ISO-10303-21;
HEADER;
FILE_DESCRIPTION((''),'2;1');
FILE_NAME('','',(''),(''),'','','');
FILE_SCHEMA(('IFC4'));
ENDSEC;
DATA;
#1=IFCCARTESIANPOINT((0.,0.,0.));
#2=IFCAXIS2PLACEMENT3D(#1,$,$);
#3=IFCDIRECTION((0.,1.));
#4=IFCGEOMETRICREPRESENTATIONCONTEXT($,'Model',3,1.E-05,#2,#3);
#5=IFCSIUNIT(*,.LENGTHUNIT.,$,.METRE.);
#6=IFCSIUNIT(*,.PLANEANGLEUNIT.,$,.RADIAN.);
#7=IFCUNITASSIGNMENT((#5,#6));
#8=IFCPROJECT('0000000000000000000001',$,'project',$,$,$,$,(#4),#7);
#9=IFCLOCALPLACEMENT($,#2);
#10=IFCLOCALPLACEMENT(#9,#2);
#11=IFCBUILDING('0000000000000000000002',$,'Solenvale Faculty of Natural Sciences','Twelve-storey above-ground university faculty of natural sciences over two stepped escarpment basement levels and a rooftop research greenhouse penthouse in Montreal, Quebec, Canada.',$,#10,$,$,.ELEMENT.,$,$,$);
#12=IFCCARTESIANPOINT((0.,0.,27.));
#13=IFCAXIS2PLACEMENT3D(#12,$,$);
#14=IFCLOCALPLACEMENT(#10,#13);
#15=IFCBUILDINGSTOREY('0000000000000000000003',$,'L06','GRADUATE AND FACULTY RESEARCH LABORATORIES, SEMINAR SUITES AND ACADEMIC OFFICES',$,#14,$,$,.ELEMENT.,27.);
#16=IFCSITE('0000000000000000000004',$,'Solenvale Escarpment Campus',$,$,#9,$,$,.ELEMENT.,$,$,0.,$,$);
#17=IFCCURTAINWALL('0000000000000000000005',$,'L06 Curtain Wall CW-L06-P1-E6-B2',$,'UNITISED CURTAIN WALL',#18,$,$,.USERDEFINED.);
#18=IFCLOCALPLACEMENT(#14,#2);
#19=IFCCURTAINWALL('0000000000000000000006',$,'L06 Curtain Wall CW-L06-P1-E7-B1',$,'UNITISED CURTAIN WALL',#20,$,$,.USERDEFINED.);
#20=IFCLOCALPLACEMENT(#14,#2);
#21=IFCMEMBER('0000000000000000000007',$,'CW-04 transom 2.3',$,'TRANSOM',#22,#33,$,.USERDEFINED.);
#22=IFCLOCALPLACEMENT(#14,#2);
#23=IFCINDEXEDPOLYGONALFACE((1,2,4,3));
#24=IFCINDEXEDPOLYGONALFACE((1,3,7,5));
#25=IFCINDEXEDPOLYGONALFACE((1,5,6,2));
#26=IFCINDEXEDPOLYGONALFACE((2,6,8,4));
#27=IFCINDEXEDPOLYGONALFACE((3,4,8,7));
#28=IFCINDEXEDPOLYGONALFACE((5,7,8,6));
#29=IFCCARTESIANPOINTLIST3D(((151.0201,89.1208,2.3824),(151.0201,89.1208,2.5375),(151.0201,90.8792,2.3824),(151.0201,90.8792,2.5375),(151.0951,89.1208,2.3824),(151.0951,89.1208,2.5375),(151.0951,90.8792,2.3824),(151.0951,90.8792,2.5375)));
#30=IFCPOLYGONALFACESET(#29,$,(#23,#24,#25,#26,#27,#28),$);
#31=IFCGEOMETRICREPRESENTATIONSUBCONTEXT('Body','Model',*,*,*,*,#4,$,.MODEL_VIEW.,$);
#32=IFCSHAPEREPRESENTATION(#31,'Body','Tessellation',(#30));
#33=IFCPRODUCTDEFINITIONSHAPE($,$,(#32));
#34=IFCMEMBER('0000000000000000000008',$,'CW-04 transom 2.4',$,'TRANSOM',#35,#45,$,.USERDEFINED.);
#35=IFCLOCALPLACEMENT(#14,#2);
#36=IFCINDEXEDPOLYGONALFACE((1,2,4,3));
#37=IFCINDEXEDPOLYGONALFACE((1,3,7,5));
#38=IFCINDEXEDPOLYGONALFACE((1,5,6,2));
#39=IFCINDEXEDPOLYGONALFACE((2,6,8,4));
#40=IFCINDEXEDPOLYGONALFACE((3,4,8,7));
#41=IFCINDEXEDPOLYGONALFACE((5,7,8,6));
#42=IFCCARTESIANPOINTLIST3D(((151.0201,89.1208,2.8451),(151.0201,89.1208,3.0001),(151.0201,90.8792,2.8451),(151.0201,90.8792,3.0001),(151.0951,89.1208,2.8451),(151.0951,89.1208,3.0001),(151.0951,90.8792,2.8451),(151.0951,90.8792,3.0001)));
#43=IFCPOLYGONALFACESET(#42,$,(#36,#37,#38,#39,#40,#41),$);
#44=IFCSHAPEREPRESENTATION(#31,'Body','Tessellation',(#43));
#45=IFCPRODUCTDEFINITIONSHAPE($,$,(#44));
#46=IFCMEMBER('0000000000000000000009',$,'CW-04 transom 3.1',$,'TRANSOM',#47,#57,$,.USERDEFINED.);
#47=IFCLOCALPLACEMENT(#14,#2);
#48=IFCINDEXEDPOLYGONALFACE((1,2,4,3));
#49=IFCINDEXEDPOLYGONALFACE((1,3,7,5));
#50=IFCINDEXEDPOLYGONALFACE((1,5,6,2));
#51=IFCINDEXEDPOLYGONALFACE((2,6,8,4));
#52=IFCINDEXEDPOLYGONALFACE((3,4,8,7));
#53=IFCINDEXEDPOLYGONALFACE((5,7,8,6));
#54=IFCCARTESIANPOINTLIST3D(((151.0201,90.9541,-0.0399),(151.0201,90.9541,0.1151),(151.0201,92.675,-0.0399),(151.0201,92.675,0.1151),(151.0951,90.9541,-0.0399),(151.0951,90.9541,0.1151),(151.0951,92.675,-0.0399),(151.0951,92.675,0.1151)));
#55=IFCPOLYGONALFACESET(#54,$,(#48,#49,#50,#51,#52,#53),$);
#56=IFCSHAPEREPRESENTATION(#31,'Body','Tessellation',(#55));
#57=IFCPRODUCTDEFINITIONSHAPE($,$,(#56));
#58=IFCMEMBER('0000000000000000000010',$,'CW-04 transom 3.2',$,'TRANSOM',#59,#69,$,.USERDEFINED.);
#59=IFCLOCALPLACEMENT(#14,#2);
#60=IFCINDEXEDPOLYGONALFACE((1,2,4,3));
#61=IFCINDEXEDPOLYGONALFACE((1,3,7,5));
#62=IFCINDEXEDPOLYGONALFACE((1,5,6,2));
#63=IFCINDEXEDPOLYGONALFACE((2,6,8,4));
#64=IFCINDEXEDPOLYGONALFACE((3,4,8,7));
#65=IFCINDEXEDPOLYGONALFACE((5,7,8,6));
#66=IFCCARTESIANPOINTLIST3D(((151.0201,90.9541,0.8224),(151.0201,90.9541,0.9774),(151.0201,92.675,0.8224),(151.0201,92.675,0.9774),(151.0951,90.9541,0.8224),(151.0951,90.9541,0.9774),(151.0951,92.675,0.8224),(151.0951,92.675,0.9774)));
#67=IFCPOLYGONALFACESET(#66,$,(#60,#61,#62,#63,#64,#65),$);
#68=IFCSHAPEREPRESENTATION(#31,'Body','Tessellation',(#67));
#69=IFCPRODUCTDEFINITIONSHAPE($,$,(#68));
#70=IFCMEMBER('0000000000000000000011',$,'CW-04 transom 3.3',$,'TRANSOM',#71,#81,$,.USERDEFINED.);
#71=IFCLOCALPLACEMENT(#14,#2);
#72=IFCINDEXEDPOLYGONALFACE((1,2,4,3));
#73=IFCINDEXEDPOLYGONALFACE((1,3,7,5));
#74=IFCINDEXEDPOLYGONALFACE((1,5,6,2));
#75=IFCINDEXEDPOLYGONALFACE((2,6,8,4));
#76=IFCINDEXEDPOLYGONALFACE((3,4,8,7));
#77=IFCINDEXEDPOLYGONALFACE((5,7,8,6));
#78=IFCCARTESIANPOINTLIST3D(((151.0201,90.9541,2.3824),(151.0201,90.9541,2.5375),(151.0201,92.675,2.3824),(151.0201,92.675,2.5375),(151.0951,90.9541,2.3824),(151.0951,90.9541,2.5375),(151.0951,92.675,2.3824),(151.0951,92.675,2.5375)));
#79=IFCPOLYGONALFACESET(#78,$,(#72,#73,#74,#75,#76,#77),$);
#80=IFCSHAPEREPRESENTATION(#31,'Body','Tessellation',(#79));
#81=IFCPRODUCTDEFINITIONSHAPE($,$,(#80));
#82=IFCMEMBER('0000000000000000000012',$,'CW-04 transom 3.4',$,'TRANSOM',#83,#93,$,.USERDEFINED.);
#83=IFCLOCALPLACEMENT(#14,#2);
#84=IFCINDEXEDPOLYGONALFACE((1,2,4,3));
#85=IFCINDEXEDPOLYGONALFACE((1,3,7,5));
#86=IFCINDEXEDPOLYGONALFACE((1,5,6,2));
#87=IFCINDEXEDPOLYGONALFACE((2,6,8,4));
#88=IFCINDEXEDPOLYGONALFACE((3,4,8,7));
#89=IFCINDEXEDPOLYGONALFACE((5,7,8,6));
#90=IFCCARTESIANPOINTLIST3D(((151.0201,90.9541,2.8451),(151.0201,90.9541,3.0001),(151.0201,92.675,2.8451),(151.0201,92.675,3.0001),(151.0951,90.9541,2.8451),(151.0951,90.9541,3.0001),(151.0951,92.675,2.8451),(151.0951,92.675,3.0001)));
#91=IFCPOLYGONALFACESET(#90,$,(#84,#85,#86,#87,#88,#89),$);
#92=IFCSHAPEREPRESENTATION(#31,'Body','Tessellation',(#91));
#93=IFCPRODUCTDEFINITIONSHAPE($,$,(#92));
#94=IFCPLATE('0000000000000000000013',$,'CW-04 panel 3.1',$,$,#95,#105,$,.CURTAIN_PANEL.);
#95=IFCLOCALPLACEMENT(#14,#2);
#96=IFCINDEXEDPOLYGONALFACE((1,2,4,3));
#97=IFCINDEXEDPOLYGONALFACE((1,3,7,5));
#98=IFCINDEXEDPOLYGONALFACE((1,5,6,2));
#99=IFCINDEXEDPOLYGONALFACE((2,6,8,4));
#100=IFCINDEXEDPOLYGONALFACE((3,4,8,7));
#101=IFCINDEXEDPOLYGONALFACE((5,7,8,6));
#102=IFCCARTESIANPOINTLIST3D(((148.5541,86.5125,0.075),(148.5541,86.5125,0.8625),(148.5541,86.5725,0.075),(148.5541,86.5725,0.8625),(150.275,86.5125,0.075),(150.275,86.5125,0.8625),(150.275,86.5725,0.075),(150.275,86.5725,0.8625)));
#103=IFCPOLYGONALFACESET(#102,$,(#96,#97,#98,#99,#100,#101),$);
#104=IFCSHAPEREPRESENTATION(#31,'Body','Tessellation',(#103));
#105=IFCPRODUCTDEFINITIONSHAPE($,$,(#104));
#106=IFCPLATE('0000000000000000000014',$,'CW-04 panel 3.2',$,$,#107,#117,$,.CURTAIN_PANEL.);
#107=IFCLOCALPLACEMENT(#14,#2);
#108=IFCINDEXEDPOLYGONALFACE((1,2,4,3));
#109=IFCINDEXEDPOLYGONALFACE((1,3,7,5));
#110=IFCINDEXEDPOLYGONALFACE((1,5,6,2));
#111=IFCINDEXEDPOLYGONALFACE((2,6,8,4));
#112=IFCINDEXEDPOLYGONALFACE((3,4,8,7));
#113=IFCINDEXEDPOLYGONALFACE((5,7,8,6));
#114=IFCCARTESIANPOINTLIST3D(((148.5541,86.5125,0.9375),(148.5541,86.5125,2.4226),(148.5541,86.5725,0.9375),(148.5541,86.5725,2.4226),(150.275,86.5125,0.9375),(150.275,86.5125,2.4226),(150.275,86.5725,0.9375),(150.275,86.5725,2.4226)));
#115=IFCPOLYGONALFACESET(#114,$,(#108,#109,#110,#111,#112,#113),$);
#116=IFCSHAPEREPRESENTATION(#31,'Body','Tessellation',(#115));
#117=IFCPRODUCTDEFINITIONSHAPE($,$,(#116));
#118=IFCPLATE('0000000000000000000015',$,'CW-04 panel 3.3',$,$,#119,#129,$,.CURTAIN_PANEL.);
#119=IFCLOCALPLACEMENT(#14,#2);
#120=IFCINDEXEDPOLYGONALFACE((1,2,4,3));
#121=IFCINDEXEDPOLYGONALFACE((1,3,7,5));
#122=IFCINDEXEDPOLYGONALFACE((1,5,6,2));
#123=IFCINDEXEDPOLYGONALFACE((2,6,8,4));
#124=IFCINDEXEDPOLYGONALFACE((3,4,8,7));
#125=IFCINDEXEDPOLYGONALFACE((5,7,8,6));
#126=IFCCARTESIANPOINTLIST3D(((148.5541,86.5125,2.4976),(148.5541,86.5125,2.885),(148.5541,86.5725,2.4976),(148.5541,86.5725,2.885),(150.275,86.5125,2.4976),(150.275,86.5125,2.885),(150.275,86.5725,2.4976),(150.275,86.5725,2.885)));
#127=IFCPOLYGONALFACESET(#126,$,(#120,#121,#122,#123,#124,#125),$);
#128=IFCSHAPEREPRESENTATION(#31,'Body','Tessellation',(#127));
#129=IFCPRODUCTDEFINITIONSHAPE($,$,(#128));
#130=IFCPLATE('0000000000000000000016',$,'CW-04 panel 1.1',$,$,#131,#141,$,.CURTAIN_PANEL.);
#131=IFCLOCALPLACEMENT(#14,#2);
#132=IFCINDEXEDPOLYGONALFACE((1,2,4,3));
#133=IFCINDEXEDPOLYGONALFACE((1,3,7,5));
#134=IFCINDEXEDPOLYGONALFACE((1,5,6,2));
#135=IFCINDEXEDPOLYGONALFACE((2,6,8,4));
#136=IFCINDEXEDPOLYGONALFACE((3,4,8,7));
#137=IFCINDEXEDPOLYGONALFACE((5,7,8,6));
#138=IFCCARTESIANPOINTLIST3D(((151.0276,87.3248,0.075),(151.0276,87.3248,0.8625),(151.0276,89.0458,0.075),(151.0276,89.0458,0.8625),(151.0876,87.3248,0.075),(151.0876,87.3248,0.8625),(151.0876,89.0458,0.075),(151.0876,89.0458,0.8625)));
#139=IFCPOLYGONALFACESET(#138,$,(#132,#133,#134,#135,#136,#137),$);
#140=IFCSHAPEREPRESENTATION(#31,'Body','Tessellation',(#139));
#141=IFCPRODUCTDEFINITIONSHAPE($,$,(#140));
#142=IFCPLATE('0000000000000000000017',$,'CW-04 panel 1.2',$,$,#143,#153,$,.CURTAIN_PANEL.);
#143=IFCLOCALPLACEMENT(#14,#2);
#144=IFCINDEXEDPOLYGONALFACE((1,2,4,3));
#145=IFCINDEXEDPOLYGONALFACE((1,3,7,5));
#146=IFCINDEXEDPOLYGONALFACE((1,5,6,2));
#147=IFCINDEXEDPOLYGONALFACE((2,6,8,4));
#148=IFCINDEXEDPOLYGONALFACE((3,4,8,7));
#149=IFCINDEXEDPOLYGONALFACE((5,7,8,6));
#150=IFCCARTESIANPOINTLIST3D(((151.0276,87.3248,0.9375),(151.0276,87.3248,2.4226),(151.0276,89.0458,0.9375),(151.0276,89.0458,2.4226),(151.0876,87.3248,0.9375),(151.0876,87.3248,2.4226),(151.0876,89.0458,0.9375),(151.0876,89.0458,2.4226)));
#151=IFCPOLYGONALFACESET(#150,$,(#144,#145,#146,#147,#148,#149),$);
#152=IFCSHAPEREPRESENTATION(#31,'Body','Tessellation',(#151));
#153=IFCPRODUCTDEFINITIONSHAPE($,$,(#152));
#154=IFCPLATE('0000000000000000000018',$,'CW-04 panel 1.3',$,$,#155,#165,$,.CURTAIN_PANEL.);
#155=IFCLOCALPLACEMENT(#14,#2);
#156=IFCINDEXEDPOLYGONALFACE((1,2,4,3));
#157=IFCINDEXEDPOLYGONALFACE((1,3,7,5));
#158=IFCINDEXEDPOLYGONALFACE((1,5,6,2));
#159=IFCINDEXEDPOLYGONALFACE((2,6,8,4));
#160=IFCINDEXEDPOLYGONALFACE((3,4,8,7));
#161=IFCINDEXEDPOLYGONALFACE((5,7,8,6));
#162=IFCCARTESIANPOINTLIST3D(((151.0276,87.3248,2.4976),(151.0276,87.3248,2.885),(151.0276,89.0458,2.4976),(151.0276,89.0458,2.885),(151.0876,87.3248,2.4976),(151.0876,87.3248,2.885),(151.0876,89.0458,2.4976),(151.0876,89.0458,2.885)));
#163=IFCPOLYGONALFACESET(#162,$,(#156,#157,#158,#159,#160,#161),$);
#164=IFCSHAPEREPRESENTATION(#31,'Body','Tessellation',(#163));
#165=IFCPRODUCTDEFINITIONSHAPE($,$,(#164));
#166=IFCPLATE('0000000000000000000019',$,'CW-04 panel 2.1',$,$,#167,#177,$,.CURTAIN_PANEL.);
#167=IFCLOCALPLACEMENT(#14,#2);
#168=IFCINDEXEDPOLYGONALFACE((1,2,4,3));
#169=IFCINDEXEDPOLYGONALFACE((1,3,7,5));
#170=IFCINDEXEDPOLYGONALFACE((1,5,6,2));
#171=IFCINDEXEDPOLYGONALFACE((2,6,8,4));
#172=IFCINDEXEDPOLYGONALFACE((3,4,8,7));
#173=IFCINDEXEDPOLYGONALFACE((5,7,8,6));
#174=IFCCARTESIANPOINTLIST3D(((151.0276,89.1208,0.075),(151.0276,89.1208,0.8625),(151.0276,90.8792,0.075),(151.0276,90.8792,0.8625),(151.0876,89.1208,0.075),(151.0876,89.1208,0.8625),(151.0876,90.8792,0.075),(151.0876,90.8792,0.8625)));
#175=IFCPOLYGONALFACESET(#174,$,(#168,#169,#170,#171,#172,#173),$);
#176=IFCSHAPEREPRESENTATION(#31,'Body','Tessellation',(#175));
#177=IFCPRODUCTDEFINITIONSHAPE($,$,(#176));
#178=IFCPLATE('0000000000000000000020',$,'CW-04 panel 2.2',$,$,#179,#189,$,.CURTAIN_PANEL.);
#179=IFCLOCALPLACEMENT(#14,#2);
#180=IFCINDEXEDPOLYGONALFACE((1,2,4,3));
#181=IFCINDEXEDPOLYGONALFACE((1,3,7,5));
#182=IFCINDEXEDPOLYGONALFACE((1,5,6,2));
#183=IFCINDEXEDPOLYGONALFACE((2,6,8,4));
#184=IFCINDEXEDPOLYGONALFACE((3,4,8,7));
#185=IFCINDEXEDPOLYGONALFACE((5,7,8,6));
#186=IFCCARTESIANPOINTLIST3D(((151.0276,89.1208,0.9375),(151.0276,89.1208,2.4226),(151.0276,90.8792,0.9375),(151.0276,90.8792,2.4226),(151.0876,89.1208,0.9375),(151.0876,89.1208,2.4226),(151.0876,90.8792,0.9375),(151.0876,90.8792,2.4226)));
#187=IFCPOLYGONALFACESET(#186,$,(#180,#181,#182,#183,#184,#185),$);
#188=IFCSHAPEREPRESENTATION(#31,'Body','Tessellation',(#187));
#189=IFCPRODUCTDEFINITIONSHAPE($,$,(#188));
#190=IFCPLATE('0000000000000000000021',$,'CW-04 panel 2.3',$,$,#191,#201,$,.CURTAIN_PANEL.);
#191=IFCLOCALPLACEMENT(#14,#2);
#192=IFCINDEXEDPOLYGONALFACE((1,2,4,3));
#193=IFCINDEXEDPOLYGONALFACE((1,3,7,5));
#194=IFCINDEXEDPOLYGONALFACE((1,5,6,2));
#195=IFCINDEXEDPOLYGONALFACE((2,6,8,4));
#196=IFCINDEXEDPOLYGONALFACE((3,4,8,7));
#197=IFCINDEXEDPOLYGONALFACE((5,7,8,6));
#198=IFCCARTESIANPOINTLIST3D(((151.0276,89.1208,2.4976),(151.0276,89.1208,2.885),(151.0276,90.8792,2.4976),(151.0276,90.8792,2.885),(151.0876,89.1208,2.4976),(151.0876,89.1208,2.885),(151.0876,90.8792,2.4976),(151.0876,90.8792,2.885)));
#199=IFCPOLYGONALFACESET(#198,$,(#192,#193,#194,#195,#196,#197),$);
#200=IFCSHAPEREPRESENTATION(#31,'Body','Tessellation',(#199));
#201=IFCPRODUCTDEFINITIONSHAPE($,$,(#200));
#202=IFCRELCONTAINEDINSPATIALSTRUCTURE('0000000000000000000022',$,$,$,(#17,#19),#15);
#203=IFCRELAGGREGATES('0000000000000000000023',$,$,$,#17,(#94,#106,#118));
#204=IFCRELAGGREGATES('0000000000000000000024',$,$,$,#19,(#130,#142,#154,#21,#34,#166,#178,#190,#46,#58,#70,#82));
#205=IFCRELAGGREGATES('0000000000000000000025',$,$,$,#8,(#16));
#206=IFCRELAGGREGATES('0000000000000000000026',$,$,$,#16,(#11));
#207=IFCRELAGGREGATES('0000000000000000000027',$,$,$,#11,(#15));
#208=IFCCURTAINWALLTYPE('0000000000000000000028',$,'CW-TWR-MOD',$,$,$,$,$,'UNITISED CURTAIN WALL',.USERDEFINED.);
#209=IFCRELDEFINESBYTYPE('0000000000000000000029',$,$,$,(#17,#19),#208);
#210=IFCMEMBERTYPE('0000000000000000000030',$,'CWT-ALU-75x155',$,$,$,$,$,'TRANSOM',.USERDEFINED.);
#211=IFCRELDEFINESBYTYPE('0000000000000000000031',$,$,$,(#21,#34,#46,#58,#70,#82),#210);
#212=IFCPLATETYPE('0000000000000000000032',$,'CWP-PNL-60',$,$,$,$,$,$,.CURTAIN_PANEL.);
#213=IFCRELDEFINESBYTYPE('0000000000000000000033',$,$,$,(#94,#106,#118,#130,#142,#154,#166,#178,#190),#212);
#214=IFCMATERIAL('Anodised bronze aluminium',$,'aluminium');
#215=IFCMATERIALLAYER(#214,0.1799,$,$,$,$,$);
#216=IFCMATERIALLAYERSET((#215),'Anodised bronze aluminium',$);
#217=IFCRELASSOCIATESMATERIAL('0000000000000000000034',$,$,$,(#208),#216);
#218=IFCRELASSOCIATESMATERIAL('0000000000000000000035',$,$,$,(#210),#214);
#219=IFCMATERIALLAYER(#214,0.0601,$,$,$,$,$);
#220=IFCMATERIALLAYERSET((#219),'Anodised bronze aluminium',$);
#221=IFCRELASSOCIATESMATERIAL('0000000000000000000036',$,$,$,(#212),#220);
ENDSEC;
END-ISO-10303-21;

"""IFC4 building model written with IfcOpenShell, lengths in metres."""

from ifc_helpers import new_model, si_unit, direction, frame, origin, origin_2d, place, context, subcontext, project, spatial, rectangle, extrude, material, layer, layer_set, material_profile, profile_set, type_object, element, aggregate, save


model = new_model("IFC4")

# Units and contexts
model_context = context("Model", 3, precision=1e-05, world=origin(), true_north=direction((0.0, 1.0)))
body_context = subcontext(model_context, "Body", "Model", "MODEL_VIEW")
ifc_project = project(units=[si_unit("LENGTHUNIT", "METRE"), si_unit("PLANEANGLEUNIT", "RADIAN")], contexts=[model_context])

# Site, building, storey
site_placement = place(None, origin())
site = spatial("IfcSite", under=ifc_project, at=site_placement, Name="Solenvale Escarpment Campus", CompositionType="ELEMENT", RefElevation=0.0)
building_placement = place(site_placement, origin())
building = spatial("IfcBuilding", under=site, at=building_placement, Name="Solenvale Faculty of Natural Sciences", Description="Twelve-storey above-ground university faculty of natural sciences over two stepped escarpment basement levels and a rooftop research greenhouse penthouse in Montreal, Quebec, Canada.", CompositionType="ELEMENT")
storey_placement = place(building_placement, frame((0.0, 0.0, 27.0)))
storey = spatial("IfcBuildingStorey", under=building, at=storey_placement, Name="L06", Description="GRADUATE AND FACULTY RESEARCH LABORATORIES, SEMINAR SUITES AND ACADEMIC OFFICES", CompositionType="ELEMENT", Elevation=27.0)

# Curtain wall
ifc_material_1 = material(Name="Anodised bronze aluminium", Category="aluminium")
ifc_layer_1 = layer(ifc_material_1, 0.1799)
ifc_layer_set_1 = layer_set([ifc_layer_1], Name="Anodised bronze aluminium")
curtain_wall_type = type_object("IfcCurtainWallType", Name="CW-TWR-MOD", ElementType="UNITISED CURTAIN WALL", PredefinedType="USERDEFINED", material=ifc_layer_set_1)
curtain_wall_1_placement = place(storey_placement, origin())
curtain_wall_1 = element("IfcCurtainWall", 1, at=curtain_wall_1_placement, inside=storey, type_object=curtain_wall_type, Name="L06 Curtain Wall CW-L06-P1-E6-B2", ObjectType="UNITISED CURTAIN WALL", PredefinedType="USERDEFINED")

# Curtain wall
curtain_wall_2_placement = place(storey_placement, origin())
curtain_wall_2 = element("IfcCurtainWall", 2, at=curtain_wall_2_placement, inside=storey, type_object=curtain_wall_type, Name="L06 Curtain Wall CW-L06-P1-E7-B1", ObjectType="UNITISED CURTAIN WALL", PredefinedType="USERDEFINED")

# Members
ifc_material_profile_1 = material_profile(ifc_material_1, rectangle(XDim=0.075, YDim=0.155, at=origin_2d()), Name="ALU-TRN-75x155")
ifc_profile_set_1 = profile_set([ifc_material_profile_1], Name="Anodised bronze aluminium")
member_type_1 = type_object("IfcMemberType", Name="CWT-ALU-75x155", ElementType="TRANSOM", PredefinedType="USERDEFINED", material=ifc_profile_set_1)
member_1_placement = place(storey_placement, frame((151.0576, 89.1208, 2.46), z_axis=(0.0, 1.0, 0.0), x_axis=(-1.0, 0.0, 0.0)))
member_1 = element("IfcMember", 3, at=member_1_placement, type_object=member_type_1, Name="CW-04 transom 2.3", ObjectType="TRANSOM", PredefinedType="USERDEFINED", context=body_context, shape_type="SweptSolid", body=[
    extrude(rectangle(XDim=0.075, YDim=0.155, at=origin_2d()), origin(), (0.0, 0.0, 1.0), 1.7583),
])
member_2_placement = place(storey_placement, frame((151.0576, 89.1208, 2.9226), z_axis=(0.0, 1.0, 0.0), x_axis=(-1.0, 0.0, 0.0)))
member_2 = element("IfcMember", 4, at=member_2_placement, type_object=member_type_1, Name="CW-04 transom 2.4", ObjectType="TRANSOM", PredefinedType="USERDEFINED", context=body_context, shape_type="SweptSolid", body=[
    extrude(rectangle(XDim=0.075, YDim=0.155, at=origin_2d()), origin(), (0.0, 0.0, 1.0), 1.7583),
])
member_3_placement = place(storey_placement, frame((151.0576, 90.9541, 0.0376), z_axis=(0.0, 1.0, 0.0), x_axis=(-1.0, 0.0, 0.0)))
member_3 = element("IfcMember", 5, at=member_3_placement, type_object=member_type_1, Name="CW-04 transom 3.1", ObjectType="TRANSOM", PredefinedType="USERDEFINED", context=body_context, shape_type="SweptSolid", body=[
    extrude(rectangle(XDim=0.075, YDim=0.155, at=origin_2d()), origin(), (0.0, 0.0, 1.0), 1.7209),
])
member_4_placement = place(storey_placement, frame((151.0576, 90.9541, 0.8999), z_axis=(0.0, 1.0, 0.0), x_axis=(-1.0, 0.0, 0.0)))
member_4 = element("IfcMember", 6, at=member_4_placement, type_object=member_type_1, Name="CW-04 transom 3.2", ObjectType="TRANSOM", PredefinedType="USERDEFINED", context=body_context, shape_type="SweptSolid", body=[
    extrude(rectangle(XDim=0.075, YDim=0.155, at=origin_2d()), origin(), (0.0, 0.0, 1.0), 1.7209),
])
member_5_placement = place(storey_placement, frame((151.0576, 90.9541, 2.46), z_axis=(0.0, 1.0, 0.0), x_axis=(-1.0, 0.0, 0.0)))
member_5 = element("IfcMember", 7, at=member_5_placement, type_object=member_type_1, Name="CW-04 transom 3.3", ObjectType="TRANSOM", PredefinedType="USERDEFINED", context=body_context, shape_type="SweptSolid", body=[
    extrude(rectangle(XDim=0.075, YDim=0.155, at=origin_2d()), origin(), (0.0, 0.0, 1.0), 1.7209),
])
member_6_placement = place(storey_placement, frame((151.0576, 90.9541, 2.9226), z_axis=(0.0, 1.0, 0.0), x_axis=(-1.0, 0.0, 0.0)))
member_6 = element("IfcMember", 8, at=member_6_placement, type_object=member_type_1, Name="CW-04 transom 3.4", ObjectType="TRANSOM", PredefinedType="USERDEFINED", context=body_context, shape_type="SweptSolid", body=[
    extrude(rectangle(XDim=0.075, YDim=0.155, at=origin_2d()), origin(), (0.0, 0.0, 1.0), 1.7209),
])

# Plates
ifc_layer_2 = layer(ifc_material_1, 0.0601)
ifc_layer_set_2 = layer_set([ifc_layer_2], Name="Anodised bronze aluminium")
plate_type = type_object("IfcPlateType", Name="CWP-PNL-60", PredefinedType="CURTAIN_PANEL", material=ifc_layer_set_2)
plate_1_placement = place(storey_placement, frame((149.4146, 86.5425, 0.075), z_axis=(0.0, 0.0, 1.0), x_axis=(1.0, 0.0, 0.0)))
plate_1 = element("IfcPlate", 9, at=plate_1_placement, type_object=plate_type, Name="CW-04 panel 3.1", PredefinedType="CURTAIN_PANEL", context=body_context, shape_type="SweptSolid", body=[
    extrude(rectangle(XDim=1.7209, YDim=0.0601, at=origin_2d()), origin(), (0.0, 0.0, 1.0), 0.7876),
])
plate_2_placement = place(storey_placement, frame((149.4146, 86.5425, 0.9375), z_axis=(0.0, 0.0, 1.0), x_axis=(1.0, 0.0, 0.0)))
plate_2 = element("IfcPlate", 10, at=plate_2_placement, type_object=plate_type, Name="CW-04 panel 3.2", PredefinedType="CURTAIN_PANEL", context=body_context, shape_type="SweptSolid", body=[
    extrude(rectangle(XDim=1.7209, YDim=0.0601, at=origin_2d()), origin(), (0.0, 0.0, 1.0), 1.4851),
])
plate_3_placement = place(storey_placement, frame((149.4146, 86.5425, 2.4976), z_axis=(0.0, 0.0, 1.0), x_axis=(1.0, 0.0, 0.0)))
plate_3 = element("IfcPlate", 11, at=plate_3_placement, type_object=plate_type, Name="CW-04 panel 3.3", PredefinedType="CURTAIN_PANEL", context=body_context, shape_type="SweptSolid", body=[
    extrude(rectangle(XDim=1.7209, YDim=0.0601, at=origin_2d()), origin(), (0.0, 0.0, 1.0), 0.3875),
])
aggregate(curtain_wall_1, [plate_1, plate_2, plate_3])
plate_4_placement = place(storey_placement, frame((151.0576, 88.1853, 0.075), z_axis=(0.0, 0.0, 1.0), x_axis=(0.0, 1.0, 0.0)))
plate_4 = element("IfcPlate", 12, at=plate_4_placement, type_object=plate_type, Name="CW-04 panel 1.1", PredefinedType="CURTAIN_PANEL", context=body_context, shape_type="SweptSolid", body=[
    extrude(rectangle(XDim=1.7209, YDim=0.0601, at=origin_2d()), origin(), (0.0, 0.0, 1.0), 0.7876),
])
plate_5_placement = place(storey_placement, frame((151.0576, 88.1853, 0.9375), z_axis=(0.0, 0.0, 1.0), x_axis=(0.0, 1.0, 0.0)))
plate_5 = element("IfcPlate", 13, at=plate_5_placement, type_object=plate_type, Name="CW-04 panel 1.2", PredefinedType="CURTAIN_PANEL", context=body_context, shape_type="SweptSolid", body=[
    extrude(rectangle(XDim=1.7209, YDim=0.0601, at=origin_2d()), origin(), (0.0, 0.0, 1.0), 1.4851),
])
plate_6_placement = place(storey_placement, frame((151.0576, 88.1853, 2.4976), z_axis=(0.0, 0.0, 1.0), x_axis=(0.0, 1.0, 0.0)))
plate_6 = element("IfcPlate", 14, at=plate_6_placement, type_object=plate_type, Name="CW-04 panel 1.3", PredefinedType="CURTAIN_PANEL", context=body_context, shape_type="SweptSolid", body=[
    extrude(rectangle(XDim=1.7209, YDim=0.0601, at=origin_2d()), origin(), (0.0, 0.0, 1.0), 0.3875),
])
plate_7_placement = place(storey_placement, frame((151.0576, 90.0, 0.075), z_axis=(0.0, 0.0, 1.0), x_axis=(0.0, 1.0, 0.0)))
plate_7 = element("IfcPlate", 15, at=plate_7_placement, type_object=plate_type, Name="CW-04 panel 2.1", PredefinedType="CURTAIN_PANEL", context=body_context, shape_type="SweptSolid", body=[
    extrude(rectangle(XDim=1.7583, YDim=0.0601, at=origin_2d()), origin(), (0.0, 0.0, 1.0), 0.7876),
])
plate_8_placement = place(storey_placement, frame((151.0576, 90.0, 0.9375), z_axis=(0.0, 0.0, 1.0), x_axis=(0.0, 1.0, 0.0)))
plate_8 = element("IfcPlate", 16, at=plate_8_placement, type_object=plate_type, Name="CW-04 panel 2.2", PredefinedType="CURTAIN_PANEL", context=body_context, shape_type="SweptSolid", body=[
    extrude(rectangle(XDim=1.7583, YDim=0.0601, at=origin_2d()), origin(), (0.0, 0.0, 1.0), 1.4851),
])
plate_9_placement = place(storey_placement, frame((151.0576, 90.0, 2.4976), z_axis=(0.0, 0.0, 1.0), x_axis=(0.0, 1.0, 0.0)))
plate_9 = element("IfcPlate", 17, at=plate_9_placement, type_object=plate_type, Name="CW-04 panel 2.3", PredefinedType="CURTAIN_PANEL", context=body_context, shape_type="SweptSolid", body=[
    extrude(rectangle(XDim=1.7583, YDim=0.0601, at=origin_2d()), origin(), (0.0, 0.0, 1.0), 0.3875),
])
aggregate(curtain_wall_2, [plate_4, plate_5, plate_6, member_1, member_2, plate_7, plate_8, plate_9, member_3, member_4, member_5, member_6])

save(model, "model.ifc")
